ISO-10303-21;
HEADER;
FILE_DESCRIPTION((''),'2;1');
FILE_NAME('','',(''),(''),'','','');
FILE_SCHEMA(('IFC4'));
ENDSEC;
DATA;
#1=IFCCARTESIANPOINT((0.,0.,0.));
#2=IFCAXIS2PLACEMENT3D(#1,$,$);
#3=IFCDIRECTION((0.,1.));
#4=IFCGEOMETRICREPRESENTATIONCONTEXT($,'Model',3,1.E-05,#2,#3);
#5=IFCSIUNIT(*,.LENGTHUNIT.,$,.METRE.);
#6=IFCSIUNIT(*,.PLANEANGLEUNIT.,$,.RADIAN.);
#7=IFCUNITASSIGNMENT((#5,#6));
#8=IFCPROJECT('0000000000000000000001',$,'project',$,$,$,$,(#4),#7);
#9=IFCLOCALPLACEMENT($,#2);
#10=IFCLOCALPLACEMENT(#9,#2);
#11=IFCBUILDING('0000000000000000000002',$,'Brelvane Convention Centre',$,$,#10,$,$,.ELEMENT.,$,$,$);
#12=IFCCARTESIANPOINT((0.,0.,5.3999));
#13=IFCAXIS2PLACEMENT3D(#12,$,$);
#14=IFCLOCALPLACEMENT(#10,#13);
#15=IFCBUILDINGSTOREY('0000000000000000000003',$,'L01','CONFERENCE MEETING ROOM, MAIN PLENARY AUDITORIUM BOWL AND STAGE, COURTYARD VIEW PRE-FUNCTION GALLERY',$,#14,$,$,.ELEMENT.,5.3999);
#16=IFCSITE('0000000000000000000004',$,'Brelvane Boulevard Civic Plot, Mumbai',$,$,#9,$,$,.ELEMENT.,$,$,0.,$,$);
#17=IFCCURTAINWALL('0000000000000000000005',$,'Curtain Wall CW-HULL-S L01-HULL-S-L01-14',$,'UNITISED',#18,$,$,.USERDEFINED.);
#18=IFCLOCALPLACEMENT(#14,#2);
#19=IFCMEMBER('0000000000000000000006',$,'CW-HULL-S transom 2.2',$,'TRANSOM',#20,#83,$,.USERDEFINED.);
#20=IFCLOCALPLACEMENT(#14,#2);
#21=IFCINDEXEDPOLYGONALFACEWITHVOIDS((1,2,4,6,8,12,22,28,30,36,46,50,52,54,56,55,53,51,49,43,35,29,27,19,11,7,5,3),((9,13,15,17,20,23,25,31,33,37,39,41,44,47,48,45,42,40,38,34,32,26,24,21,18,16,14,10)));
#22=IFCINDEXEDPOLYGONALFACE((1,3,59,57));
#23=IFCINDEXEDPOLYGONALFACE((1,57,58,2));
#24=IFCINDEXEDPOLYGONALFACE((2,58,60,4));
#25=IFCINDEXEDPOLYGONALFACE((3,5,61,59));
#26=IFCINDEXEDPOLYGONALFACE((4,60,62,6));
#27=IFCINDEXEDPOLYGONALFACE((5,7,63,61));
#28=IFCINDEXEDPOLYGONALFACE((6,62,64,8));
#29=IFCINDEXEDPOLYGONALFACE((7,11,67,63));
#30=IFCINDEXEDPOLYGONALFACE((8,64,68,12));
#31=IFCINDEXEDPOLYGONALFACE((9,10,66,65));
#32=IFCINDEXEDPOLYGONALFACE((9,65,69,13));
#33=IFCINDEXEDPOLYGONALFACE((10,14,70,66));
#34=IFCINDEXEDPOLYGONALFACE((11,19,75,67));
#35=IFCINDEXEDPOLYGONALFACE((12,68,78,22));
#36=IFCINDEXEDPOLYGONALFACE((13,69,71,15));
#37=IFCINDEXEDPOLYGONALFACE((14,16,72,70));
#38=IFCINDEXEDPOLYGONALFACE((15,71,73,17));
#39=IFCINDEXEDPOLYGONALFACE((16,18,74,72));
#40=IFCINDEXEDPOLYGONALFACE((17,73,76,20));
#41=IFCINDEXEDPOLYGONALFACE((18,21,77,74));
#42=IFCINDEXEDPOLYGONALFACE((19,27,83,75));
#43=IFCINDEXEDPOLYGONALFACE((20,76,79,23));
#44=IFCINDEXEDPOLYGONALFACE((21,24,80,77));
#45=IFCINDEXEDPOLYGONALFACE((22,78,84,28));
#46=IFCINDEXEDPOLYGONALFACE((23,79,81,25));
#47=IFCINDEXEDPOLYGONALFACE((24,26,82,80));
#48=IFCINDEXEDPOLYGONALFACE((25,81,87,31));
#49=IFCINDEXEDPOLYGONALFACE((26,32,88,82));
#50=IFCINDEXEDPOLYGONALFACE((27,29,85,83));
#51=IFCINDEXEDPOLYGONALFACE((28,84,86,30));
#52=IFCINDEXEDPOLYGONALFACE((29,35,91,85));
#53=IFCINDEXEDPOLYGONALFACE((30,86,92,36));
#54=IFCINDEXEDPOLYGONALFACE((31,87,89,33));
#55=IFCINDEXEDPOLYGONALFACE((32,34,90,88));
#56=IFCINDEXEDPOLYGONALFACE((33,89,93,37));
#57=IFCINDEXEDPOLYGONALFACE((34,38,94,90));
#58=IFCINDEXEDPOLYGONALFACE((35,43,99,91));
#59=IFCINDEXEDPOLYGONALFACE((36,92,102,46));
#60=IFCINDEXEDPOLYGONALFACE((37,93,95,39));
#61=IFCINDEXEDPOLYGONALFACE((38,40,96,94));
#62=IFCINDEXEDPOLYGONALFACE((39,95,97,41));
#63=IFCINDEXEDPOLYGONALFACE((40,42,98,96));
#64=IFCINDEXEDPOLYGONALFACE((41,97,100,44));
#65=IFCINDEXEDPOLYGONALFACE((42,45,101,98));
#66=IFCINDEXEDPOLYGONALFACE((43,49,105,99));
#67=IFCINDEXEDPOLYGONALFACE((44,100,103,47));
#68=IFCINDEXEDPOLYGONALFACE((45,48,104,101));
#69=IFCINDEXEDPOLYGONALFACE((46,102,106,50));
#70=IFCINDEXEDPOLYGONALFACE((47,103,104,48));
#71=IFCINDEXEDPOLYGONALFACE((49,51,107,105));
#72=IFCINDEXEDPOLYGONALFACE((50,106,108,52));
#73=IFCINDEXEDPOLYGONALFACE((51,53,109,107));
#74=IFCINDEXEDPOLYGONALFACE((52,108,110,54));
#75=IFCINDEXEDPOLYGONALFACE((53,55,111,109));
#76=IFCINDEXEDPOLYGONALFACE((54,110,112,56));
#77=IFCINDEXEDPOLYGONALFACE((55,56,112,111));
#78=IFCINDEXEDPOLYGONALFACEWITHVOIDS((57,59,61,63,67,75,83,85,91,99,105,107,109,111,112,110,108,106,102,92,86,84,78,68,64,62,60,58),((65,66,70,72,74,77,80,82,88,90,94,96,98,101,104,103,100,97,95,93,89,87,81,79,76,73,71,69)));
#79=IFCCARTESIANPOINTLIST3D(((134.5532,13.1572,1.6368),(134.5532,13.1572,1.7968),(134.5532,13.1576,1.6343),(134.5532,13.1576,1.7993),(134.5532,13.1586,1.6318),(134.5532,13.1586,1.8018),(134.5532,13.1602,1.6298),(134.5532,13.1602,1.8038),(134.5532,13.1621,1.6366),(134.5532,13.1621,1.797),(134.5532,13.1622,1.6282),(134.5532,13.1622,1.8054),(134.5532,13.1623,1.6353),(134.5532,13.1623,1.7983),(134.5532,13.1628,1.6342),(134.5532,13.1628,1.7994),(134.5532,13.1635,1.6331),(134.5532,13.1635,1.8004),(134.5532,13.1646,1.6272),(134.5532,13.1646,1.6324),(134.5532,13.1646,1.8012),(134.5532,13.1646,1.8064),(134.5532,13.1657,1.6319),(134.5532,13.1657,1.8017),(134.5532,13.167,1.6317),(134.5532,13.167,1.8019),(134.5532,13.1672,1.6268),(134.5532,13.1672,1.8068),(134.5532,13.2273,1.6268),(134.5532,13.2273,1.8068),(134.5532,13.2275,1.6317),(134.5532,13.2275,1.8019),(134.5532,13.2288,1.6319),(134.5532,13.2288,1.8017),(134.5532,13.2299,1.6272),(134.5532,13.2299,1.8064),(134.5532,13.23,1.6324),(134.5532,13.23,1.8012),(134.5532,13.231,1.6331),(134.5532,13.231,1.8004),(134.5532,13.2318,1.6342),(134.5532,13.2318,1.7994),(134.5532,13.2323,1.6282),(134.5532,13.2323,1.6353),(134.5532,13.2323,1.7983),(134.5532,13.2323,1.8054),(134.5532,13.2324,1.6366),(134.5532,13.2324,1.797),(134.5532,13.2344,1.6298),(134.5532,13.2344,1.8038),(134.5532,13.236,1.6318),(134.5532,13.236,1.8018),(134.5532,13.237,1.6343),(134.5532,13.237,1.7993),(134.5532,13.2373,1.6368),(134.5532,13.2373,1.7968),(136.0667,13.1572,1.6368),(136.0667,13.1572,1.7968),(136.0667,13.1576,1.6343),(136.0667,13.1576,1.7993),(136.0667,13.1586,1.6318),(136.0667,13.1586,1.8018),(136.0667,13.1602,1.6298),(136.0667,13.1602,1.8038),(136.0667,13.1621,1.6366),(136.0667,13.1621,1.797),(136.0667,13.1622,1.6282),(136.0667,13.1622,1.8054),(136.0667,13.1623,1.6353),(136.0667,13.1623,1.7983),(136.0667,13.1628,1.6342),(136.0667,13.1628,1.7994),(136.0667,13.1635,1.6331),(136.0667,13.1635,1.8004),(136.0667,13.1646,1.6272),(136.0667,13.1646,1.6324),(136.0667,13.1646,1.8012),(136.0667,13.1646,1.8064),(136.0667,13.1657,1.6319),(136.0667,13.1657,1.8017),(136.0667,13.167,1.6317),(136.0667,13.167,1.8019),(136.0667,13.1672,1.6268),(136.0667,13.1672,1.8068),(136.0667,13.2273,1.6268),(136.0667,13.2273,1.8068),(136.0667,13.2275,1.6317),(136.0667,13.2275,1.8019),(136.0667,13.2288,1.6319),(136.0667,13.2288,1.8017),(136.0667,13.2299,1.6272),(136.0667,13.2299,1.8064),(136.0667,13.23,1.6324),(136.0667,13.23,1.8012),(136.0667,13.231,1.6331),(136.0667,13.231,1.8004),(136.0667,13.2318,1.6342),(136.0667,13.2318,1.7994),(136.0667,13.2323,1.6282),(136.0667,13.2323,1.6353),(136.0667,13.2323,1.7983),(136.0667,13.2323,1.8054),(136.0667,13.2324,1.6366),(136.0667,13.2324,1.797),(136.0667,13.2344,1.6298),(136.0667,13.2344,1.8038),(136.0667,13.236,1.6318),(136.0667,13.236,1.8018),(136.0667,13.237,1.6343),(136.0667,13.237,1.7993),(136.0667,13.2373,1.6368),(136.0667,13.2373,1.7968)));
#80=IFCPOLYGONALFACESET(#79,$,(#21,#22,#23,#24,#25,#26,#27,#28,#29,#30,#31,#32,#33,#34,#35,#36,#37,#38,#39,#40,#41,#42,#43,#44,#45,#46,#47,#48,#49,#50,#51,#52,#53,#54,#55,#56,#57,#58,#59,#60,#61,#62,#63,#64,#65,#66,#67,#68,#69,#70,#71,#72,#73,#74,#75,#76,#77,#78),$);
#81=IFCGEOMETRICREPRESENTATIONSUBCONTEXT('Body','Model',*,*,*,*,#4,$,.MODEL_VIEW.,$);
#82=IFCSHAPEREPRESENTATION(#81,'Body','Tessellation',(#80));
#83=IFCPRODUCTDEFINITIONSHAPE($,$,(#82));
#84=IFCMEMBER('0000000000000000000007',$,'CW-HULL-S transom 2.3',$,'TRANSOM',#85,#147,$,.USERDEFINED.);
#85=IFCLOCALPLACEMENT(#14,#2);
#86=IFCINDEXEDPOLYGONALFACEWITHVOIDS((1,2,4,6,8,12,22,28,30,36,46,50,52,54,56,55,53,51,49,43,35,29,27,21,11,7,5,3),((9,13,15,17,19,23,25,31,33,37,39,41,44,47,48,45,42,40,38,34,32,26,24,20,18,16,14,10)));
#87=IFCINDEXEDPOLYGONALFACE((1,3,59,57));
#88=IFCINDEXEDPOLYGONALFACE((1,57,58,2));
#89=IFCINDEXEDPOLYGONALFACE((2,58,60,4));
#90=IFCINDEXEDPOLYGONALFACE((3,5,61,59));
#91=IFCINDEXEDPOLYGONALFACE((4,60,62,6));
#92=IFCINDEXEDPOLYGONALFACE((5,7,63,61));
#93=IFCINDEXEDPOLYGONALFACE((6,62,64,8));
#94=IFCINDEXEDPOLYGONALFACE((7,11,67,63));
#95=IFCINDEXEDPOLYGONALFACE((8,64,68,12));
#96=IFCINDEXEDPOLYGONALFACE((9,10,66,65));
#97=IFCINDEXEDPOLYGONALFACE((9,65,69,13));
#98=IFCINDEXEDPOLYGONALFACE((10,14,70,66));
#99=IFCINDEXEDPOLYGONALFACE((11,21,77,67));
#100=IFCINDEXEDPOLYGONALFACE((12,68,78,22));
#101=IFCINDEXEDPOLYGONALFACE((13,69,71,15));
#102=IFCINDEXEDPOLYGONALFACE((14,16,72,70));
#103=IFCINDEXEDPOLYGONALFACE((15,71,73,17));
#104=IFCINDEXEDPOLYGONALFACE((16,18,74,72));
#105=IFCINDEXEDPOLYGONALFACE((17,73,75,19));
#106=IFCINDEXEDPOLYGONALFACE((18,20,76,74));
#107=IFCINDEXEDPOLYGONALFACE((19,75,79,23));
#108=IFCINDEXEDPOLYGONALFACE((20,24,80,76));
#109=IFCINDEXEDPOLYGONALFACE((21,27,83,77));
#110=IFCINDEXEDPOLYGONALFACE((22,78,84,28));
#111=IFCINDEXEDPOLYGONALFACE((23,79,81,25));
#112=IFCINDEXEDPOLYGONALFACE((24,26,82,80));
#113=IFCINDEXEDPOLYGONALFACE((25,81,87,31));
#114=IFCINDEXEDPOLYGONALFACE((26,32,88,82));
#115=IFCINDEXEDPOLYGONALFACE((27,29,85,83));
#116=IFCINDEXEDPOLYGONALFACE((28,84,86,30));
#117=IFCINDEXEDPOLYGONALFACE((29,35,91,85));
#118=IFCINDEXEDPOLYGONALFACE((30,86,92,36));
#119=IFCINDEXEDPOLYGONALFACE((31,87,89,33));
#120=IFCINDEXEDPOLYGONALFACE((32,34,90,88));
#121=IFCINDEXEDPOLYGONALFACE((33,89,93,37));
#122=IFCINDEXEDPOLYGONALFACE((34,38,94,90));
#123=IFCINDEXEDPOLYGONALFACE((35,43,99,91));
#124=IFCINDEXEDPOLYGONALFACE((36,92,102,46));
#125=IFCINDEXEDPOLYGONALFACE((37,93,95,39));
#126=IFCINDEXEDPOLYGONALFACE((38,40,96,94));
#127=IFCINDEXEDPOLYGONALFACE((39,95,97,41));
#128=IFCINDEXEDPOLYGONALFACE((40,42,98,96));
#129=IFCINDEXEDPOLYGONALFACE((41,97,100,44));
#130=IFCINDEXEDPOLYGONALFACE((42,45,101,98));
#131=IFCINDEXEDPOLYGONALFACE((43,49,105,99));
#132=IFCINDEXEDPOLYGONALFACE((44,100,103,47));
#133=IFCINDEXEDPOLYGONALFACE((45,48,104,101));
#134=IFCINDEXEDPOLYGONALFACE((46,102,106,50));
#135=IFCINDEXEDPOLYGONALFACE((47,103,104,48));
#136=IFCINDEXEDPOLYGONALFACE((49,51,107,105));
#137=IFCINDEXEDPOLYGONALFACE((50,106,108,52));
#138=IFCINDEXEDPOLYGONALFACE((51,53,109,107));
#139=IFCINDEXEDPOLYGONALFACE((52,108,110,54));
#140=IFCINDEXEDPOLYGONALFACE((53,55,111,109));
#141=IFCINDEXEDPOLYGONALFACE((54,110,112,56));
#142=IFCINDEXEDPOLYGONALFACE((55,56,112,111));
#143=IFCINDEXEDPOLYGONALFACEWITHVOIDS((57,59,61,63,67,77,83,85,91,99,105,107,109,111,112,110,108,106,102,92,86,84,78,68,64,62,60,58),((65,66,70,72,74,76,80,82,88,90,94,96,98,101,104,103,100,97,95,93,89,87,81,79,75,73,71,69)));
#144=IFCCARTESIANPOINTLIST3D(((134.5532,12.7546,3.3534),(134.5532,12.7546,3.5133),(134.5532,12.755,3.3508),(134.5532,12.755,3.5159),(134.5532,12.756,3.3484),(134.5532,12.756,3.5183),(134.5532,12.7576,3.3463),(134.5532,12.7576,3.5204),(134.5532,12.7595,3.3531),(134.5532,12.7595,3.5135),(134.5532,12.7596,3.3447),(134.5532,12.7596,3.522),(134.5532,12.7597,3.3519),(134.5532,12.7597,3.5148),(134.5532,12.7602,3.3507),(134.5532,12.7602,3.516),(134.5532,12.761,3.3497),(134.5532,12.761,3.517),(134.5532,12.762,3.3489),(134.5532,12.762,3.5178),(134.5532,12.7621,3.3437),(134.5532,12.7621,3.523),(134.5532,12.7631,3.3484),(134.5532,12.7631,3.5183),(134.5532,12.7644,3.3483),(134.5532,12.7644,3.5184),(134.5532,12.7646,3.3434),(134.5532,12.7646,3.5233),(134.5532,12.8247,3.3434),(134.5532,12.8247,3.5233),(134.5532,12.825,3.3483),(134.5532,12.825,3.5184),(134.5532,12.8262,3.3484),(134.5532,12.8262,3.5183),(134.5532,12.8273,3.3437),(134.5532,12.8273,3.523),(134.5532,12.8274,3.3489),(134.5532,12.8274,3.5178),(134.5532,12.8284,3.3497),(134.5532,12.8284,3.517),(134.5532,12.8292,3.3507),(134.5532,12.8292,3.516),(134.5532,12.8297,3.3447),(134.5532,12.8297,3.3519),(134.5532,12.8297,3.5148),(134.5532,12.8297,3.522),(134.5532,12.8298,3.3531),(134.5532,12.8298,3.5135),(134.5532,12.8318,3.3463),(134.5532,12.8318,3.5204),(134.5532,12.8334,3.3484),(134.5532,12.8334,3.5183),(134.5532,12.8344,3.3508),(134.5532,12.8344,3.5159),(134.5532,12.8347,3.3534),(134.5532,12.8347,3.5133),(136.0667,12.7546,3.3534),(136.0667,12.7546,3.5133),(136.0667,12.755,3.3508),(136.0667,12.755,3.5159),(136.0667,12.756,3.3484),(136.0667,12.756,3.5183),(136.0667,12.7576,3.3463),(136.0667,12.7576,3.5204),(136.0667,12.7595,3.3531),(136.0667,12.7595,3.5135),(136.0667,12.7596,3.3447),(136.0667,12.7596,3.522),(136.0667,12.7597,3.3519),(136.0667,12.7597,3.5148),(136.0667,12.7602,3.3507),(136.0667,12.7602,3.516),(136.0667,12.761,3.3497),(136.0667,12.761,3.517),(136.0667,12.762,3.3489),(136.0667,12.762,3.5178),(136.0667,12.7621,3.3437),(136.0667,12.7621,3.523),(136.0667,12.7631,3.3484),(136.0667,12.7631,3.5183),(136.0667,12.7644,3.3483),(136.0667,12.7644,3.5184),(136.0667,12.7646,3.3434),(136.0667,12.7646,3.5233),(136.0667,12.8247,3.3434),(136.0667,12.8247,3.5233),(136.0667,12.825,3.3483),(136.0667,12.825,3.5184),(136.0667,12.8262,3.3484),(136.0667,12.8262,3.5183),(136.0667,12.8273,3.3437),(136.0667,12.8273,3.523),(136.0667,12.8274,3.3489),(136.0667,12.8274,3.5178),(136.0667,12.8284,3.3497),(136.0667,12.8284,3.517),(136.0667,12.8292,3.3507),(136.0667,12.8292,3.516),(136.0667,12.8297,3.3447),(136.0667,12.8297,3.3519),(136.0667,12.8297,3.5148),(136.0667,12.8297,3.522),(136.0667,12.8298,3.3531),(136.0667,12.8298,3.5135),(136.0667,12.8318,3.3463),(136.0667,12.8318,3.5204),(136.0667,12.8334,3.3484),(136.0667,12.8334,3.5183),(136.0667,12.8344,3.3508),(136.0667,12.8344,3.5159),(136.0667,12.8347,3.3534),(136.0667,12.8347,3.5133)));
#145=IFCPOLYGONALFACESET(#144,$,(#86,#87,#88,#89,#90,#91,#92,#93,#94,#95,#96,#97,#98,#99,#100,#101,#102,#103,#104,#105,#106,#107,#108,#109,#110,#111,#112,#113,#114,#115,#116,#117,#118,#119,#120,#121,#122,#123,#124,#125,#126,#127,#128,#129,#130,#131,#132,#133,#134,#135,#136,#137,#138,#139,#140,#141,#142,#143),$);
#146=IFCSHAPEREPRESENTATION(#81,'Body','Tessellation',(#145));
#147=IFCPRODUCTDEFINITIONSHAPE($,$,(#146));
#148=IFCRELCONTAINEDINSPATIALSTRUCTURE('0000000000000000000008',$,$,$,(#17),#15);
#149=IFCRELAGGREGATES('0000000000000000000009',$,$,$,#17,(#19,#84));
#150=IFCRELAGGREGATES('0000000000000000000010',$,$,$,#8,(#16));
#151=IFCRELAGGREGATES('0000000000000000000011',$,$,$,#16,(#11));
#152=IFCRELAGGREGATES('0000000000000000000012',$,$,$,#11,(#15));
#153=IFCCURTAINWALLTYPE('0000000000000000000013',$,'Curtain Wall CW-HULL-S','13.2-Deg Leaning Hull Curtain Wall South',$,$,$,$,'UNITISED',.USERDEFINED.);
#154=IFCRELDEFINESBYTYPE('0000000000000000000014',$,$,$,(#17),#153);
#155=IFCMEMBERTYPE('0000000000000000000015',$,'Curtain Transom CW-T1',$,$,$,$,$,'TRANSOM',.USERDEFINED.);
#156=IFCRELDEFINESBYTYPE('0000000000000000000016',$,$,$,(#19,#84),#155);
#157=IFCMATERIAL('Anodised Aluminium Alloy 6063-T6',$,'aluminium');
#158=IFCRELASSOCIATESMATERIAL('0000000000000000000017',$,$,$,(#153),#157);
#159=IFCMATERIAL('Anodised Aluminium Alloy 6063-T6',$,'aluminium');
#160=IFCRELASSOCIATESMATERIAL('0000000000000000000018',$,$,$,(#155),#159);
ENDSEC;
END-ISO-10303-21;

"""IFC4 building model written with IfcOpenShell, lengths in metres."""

from ifc_helpers import new_model, si_unit, direction, frame, origin, origin_2d, place, context, subcontext, project, spatial, hollow_rectangle, extrude, material, material_profile, profile_set, type_object, element, aggregate, save


model = new_model("IFC4")

# Units and contexts
model_context = context("Model", 3, precision=1e-05, world=origin(), true_north=direction((0.0, 1.0)))
body_context = subcontext(model_context, "Body", "Model", "MODEL_VIEW")
ifc_project = project(units=[si_unit("LENGTHUNIT", "METRE"), si_unit("PLANEANGLEUNIT", "RADIAN")], contexts=[model_context])

# Site, building, storey
site_placement = place(None, origin())
site = spatial("IfcSite", under=ifc_project, at=site_placement, Name="Brelvane Boulevard Civic Plot, Mumbai", CompositionType="ELEMENT", RefElevation=0.0)
building_placement = place(site_placement, origin())
building = spatial("IfcBuilding", under=site, at=building_placement, Name="Brelvane Convention Centre", CompositionType="ELEMENT")
storey_placement = place(building_placement, frame((0.0, 0.0, 5.3999)))
storey = spatial("IfcBuildingStorey", under=building, at=storey_placement, Name="L01", Description="CONFERENCE MEETING ROOM, MAIN PLENARY AUDITORIUM BOWL AND STAGE, COURTYARD VIEW PRE-FUNCTION GALLERY", CompositionType="ELEMENT", Elevation=5.3999)

# Curtain wall
ifc_material_1 = material(Name="Anodised Aluminium Alloy 6063-T6", Category="aluminium")
curtain_wall_type = type_object("IfcCurtainWallType", Name="Curtain Wall CW-HULL-S", Description="13.2-Deg Leaning Hull Curtain Wall South", ElementType="UNITISED", PredefinedType="USERDEFINED", material=ifc_material_1)
curtain_wall_1_placement = place(storey_placement, origin())
curtain_wall_1 = element("IfcCurtainWall", 1, at=curtain_wall_1_placement, inside=storey, type_object=curtain_wall_type, Name="Curtain Wall CW-HULL-S L01-HULL-S-L01-14", ObjectType="UNITISED", PredefinedType="USERDEFINED")

# Members
ifc_material_2 = material(Name="Anodised Aluminium Alloy 6063-T6", Category="aluminium")
ifc_material_profile_1 = material_profile(ifc_material_2, hollow_rectangle(XDim=0.0801, YDim=0.1799, WallThickness=0.0049, InnerFilletRadius=0.0049, OuterFilletRadius=0.01, at=origin_2d()), Name="ALU-T 180x80x5.0")
ifc_profile_set_1 = profile_set([ifc_material_profile_1], Name="Anodised Aluminium Alloy 6063-T6")
member_type_1 = type_object("IfcMemberType", Name="Curtain Transom CW-T1", ElementType="TRANSOM", PredefinedType="USERDEFINED", material=ifc_profile_set_1)
member_1_placement = place(storey_placement, frame((134.5532, 13.1973, 1.7168), z_axis=(1.0, 0.0, 0.0), x_axis=(0.0, 1.0, 0.0)))
member_1 = element("IfcMember", 2, at=member_1_placement, type_object=member_type_1, Name="CW-HULL-S transom 2.2", ObjectType="TRANSOM", PredefinedType="USERDEFINED", context=body_context, shape_type="SweptSolid", body=[
    extrude(hollow_rectangle(XDim=0.0801, YDim=0.1799, WallThickness=0.0049, InnerFilletRadius=0.0049, OuterFilletRadius=0.01, at=origin_2d()), origin(), (0.0, 0.0, 1.0), 1.5134),
])
member_2_placement = place(storey_placement, frame((134.5532, 12.7947, 3.4333), z_axis=(1.0, 0.0, 0.0), x_axis=(0.0, 1.0, 0.0)))
member_2 = element("IfcMember", 3, at=member_2_placement, type_object=member_type_1, Name="CW-HULL-S transom 2.3", ObjectType="TRANSOM", PredefinedType="USERDEFINED", context=body_context, shape_type="SweptSolid", body=[
    extrude(hollow_rectangle(XDim=0.0801, YDim=0.1799, WallThickness=0.0049, InnerFilletRadius=0.0049, OuterFilletRadius=0.01, at=origin_2d()), origin(), (0.0, 0.0, 1.0), 1.5134),
])

aggregate(curtain_wall_1, [member_1, member_2])

save(model, "model.ifc")
